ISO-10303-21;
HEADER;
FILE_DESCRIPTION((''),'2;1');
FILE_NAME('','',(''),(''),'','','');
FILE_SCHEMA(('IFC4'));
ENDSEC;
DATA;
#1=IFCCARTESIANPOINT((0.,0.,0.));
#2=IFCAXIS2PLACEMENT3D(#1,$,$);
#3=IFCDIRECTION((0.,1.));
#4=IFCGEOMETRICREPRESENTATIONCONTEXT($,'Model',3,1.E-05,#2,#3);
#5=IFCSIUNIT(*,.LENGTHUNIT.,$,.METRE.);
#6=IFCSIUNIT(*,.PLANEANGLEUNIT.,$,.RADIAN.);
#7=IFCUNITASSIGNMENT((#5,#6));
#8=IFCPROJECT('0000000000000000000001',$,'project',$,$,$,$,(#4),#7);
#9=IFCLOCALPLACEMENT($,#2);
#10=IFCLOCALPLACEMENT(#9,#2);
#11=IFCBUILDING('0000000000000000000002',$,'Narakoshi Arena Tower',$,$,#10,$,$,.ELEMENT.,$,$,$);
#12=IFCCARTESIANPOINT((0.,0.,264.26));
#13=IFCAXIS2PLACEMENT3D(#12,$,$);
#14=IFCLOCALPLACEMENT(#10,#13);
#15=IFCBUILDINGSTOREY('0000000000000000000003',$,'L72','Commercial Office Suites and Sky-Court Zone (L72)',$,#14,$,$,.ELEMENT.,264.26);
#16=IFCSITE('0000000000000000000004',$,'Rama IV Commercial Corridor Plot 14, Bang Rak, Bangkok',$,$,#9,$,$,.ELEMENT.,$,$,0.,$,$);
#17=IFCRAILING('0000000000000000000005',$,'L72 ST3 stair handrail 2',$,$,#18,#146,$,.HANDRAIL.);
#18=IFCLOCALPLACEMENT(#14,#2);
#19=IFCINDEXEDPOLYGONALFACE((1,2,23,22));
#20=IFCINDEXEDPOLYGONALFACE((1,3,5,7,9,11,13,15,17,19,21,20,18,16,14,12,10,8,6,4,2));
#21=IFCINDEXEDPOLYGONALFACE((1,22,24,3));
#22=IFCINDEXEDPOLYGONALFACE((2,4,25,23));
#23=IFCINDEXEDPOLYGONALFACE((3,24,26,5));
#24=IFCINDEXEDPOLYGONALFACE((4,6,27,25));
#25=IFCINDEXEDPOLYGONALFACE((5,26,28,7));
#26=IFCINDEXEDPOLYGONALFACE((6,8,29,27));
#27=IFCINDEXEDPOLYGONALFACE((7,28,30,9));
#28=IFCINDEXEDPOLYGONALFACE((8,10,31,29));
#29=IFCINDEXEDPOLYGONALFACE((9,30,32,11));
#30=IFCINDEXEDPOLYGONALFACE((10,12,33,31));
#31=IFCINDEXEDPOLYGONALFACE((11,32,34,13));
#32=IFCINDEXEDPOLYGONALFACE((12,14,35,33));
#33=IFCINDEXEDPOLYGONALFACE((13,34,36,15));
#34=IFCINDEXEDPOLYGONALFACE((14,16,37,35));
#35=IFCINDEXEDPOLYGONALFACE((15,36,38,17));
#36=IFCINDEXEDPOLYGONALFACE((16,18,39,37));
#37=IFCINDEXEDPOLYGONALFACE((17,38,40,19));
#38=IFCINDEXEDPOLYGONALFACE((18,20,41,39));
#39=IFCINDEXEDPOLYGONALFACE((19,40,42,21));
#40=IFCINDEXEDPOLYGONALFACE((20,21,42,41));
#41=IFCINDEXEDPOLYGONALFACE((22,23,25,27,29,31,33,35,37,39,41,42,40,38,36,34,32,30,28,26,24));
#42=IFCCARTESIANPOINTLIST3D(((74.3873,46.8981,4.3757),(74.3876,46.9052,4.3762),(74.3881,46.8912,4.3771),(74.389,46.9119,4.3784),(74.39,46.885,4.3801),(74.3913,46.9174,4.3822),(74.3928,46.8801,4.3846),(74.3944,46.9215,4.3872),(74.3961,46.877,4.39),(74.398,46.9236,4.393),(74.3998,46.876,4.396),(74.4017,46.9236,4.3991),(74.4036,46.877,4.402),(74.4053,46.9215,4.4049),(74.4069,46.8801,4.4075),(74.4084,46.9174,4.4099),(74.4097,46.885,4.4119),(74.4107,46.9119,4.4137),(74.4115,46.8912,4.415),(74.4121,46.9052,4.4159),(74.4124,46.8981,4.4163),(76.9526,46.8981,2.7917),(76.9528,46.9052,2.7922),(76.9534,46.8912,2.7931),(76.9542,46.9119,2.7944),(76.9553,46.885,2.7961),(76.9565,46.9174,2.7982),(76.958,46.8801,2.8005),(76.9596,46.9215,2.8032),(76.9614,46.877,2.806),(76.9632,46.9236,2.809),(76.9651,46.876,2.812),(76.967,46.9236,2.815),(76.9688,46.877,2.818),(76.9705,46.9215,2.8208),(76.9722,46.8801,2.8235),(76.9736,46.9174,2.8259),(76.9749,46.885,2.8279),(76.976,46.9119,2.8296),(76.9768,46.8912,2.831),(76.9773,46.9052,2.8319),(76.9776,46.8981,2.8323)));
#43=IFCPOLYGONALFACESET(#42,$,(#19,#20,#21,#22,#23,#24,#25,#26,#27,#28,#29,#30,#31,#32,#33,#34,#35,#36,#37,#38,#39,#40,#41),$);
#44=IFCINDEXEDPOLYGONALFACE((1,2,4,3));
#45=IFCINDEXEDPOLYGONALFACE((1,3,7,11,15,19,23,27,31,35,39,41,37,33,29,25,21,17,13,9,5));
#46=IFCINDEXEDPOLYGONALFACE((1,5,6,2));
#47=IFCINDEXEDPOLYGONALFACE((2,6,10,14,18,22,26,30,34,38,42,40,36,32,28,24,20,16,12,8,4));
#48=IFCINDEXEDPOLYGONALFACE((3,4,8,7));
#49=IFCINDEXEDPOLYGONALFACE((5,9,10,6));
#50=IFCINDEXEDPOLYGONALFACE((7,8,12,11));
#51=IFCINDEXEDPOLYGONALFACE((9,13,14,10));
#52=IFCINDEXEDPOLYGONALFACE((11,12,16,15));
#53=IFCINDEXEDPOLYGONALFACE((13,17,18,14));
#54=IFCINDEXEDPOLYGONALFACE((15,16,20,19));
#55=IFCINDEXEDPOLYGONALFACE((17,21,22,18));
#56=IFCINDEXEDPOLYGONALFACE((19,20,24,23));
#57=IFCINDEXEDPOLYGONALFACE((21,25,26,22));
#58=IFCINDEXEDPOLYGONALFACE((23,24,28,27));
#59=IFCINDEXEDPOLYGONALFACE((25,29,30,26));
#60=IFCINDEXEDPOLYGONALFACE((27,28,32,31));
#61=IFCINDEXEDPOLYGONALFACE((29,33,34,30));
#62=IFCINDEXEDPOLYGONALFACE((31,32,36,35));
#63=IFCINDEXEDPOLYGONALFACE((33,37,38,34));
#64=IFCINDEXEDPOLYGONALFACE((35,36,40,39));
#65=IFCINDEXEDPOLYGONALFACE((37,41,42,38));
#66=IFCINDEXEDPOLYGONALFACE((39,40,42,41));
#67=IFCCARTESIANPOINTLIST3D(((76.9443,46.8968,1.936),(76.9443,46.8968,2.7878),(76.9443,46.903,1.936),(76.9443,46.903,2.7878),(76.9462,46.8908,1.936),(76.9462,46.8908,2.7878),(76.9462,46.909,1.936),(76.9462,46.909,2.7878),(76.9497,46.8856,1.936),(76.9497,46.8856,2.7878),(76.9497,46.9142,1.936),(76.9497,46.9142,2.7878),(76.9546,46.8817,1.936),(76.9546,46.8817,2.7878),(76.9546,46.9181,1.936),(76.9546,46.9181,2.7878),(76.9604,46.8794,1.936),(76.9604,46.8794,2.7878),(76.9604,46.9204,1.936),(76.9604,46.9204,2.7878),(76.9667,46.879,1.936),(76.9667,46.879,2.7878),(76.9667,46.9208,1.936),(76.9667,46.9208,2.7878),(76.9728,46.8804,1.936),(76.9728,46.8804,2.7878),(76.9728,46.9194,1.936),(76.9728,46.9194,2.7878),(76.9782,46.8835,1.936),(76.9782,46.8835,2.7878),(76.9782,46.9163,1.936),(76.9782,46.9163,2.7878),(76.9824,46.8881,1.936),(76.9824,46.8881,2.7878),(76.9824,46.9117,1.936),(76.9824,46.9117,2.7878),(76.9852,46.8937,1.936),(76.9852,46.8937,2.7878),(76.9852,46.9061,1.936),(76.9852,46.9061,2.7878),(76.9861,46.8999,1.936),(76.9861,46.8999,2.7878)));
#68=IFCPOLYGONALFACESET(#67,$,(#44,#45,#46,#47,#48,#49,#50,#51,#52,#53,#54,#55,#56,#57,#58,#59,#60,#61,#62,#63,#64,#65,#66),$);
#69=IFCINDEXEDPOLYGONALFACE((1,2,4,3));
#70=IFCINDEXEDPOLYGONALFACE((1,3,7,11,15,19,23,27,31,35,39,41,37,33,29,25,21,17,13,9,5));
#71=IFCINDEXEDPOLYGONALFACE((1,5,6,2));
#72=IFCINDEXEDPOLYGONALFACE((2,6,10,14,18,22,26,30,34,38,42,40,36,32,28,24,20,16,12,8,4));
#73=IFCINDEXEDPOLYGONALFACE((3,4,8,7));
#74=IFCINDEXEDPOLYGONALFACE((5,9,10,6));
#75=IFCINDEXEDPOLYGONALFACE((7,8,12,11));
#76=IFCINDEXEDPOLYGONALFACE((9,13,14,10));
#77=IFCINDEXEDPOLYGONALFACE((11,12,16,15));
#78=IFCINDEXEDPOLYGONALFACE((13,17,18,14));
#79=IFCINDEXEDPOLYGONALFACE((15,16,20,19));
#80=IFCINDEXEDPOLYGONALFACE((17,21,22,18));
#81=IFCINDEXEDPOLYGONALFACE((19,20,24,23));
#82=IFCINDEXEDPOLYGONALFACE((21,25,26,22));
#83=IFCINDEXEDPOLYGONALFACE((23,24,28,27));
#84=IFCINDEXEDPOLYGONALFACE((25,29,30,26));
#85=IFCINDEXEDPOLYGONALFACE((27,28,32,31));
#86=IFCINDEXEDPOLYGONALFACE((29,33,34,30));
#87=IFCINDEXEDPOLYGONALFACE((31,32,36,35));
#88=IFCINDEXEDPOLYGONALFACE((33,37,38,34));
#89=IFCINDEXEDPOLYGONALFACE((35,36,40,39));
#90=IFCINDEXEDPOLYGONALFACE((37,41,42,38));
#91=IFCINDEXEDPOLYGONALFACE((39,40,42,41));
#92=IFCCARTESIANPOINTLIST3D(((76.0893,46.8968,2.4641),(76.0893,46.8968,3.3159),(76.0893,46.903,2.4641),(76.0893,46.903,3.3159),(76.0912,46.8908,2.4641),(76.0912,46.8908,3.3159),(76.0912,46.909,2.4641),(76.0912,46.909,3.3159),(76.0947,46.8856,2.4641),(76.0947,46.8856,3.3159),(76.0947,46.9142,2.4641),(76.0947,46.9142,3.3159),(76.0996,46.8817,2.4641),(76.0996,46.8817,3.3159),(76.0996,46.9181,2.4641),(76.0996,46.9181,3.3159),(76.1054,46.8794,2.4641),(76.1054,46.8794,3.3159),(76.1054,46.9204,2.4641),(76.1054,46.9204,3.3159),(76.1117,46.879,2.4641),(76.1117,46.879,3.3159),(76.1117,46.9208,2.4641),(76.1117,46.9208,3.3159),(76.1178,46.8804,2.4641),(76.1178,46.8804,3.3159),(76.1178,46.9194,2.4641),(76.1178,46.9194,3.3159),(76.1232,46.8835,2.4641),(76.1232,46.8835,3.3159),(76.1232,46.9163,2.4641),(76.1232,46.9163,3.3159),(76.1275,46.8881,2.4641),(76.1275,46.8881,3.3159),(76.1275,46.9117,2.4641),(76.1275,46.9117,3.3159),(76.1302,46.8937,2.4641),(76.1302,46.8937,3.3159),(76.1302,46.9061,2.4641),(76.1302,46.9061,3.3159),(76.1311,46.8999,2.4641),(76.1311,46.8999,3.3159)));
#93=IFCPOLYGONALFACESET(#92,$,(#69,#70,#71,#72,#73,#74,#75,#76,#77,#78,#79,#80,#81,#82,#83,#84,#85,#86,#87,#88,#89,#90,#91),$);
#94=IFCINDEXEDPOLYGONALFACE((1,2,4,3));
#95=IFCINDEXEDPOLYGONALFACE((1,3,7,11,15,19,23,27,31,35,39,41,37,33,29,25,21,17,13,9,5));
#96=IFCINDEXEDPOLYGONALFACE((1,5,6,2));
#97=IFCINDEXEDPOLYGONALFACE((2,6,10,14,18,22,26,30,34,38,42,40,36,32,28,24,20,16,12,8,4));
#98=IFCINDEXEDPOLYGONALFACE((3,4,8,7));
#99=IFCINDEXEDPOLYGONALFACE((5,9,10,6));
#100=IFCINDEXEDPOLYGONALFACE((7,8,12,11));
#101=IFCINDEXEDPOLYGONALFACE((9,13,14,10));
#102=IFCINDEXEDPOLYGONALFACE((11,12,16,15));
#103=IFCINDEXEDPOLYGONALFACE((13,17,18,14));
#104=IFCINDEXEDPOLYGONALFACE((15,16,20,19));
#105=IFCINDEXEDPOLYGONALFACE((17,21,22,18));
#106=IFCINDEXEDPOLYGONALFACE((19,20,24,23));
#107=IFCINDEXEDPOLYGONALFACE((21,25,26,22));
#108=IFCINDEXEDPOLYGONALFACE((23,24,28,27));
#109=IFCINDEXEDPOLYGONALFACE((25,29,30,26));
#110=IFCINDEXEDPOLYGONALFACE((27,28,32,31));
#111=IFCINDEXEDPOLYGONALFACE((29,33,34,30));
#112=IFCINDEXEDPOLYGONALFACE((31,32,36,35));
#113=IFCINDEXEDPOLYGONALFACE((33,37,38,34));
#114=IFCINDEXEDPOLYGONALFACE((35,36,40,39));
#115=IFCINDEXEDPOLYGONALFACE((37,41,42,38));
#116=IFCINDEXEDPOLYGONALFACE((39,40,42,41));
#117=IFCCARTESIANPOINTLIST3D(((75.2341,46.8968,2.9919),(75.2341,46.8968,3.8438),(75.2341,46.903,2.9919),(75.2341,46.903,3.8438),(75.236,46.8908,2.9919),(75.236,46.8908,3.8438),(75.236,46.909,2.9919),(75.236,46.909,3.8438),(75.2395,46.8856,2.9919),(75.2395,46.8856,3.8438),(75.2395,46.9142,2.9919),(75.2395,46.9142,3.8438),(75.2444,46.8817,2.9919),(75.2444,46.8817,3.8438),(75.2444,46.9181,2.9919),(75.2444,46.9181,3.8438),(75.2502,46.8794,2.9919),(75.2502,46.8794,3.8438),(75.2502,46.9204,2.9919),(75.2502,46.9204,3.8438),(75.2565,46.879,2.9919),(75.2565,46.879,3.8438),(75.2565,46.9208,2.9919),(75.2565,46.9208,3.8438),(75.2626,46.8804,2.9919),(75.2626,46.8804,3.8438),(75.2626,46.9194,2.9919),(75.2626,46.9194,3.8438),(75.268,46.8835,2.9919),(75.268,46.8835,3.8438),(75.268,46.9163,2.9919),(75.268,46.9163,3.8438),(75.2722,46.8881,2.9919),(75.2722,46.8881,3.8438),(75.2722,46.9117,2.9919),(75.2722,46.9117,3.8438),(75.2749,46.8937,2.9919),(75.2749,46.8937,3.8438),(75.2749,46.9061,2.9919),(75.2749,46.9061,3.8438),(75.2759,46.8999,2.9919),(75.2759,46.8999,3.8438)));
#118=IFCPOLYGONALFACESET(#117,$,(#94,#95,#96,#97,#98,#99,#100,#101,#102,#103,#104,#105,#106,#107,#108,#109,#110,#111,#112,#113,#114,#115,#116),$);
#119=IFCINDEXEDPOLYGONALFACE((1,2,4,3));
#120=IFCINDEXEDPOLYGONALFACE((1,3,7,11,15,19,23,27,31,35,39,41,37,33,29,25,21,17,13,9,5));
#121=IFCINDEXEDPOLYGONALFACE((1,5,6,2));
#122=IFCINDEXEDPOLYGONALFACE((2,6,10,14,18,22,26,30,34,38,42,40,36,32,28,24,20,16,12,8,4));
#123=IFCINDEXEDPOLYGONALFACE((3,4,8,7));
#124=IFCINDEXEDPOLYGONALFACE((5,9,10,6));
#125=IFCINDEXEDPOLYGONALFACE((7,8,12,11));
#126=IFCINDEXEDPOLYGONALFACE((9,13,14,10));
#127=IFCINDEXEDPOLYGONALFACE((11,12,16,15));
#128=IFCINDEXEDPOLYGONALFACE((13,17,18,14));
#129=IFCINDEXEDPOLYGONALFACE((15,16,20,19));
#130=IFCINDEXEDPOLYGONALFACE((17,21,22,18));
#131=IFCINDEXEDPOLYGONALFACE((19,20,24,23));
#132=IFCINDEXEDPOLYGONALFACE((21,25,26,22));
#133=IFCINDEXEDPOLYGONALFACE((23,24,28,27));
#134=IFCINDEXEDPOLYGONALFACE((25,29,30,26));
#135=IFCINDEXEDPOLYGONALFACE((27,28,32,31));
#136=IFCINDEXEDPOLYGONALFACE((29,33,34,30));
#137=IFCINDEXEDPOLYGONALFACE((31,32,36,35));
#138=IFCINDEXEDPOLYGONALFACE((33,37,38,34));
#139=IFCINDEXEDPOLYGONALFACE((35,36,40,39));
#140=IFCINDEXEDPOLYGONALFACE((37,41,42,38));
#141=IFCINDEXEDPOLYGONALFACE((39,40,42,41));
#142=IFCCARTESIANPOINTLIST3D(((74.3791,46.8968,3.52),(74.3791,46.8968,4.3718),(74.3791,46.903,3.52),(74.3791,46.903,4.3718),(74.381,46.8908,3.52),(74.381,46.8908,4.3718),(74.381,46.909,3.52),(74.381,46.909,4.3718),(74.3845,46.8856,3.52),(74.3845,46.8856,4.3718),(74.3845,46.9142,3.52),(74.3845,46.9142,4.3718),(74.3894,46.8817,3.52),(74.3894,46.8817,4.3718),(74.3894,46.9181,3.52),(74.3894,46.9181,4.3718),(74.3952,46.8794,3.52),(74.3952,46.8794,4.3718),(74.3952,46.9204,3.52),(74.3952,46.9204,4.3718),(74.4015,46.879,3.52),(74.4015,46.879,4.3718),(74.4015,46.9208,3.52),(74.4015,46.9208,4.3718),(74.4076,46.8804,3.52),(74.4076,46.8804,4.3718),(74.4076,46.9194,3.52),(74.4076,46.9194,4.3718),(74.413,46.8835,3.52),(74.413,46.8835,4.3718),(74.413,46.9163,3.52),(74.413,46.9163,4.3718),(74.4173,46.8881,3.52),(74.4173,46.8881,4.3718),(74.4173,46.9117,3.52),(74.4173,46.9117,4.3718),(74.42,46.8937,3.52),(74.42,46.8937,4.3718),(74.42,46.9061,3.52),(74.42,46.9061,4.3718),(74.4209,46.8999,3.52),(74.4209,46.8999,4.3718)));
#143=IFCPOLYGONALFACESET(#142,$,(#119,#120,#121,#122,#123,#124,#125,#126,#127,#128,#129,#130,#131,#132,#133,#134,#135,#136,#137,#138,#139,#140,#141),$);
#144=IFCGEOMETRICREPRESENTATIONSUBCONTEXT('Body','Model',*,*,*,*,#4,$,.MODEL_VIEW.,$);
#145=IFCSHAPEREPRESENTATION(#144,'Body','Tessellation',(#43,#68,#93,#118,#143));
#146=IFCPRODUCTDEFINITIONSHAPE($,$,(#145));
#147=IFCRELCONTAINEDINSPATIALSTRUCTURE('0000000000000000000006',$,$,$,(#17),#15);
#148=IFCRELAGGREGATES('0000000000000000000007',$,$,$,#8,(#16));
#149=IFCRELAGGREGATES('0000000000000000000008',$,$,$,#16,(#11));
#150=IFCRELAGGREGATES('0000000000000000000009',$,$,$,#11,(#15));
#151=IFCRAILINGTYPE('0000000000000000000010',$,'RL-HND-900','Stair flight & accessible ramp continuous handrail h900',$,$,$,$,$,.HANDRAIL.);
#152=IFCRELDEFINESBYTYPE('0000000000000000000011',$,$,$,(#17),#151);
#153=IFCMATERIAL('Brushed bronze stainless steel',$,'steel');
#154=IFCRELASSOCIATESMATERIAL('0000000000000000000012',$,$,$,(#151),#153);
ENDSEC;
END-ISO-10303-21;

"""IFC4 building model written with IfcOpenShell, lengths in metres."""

from ifc_helpers import new_model, si_unit, direction, frame, origin, origin_2d, place, context, subcontext, project, spatial, circle, extrude, material, type_object, element, save


model = new_model("IFC4")

# Units and contexts
model_context = context("Model", 3, precision=1e-05, world=origin(), true_north=direction((0.0, 1.0)))
body_context = subcontext(model_context, "Body", "Model", "MODEL_VIEW")
ifc_project = project(units=[si_unit("LENGTHUNIT", "METRE"), si_unit("PLANEANGLEUNIT", "RADIAN")], contexts=[model_context])

# Site, building, storey
site_placement = place(None, origin())
site = spatial("IfcSite", under=ifc_project, at=site_placement, Name="Rama IV Commercial Corridor Plot 14, Bang Rak, Bangkok", CompositionType="ELEMENT", RefElevation=0.0)
building_placement = place(site_placement, origin())
building = spatial("IfcBuilding", under=site, at=building_placement, Name="Narakoshi Arena Tower", CompositionType="ELEMENT")
storey_placement = place(building_placement, frame((0.0, 0.0, 264.26)))
storey = spatial("IfcBuildingStorey", under=building, at=storey_placement, Name="L72", Description="Commercial Office Suites and Sky-Court Zone (L72)", CompositionType="ELEMENT", Elevation=264.26)

# Shared definitions
ifc_material_1 = material(Name="Brushed bronze stainless steel", Category="steel")

# Railing
railing_type_1 = type_object("IfcRailingType", Name="RL-HND-900", Description="Stair flight & accessible ramp continuous handrail h900", PredefinedType="HANDRAIL", material=ifc_material_1)
railing_1_placement = place(storey_placement, frame((76.9651, 46.8999, 1.936)))
element("IfcRailing", 1, at=railing_1_placement, inside=storey, type_object=railing_type_1, Name="L72 ST3 stair handrail 2", PredefinedType="HANDRAIL", context=body_context, shape_type="SweptSolid", body=[
    extrude(circle(Radius=0.0239, at=origin_2d()), frame((0.0, 0.0, 0.876), z_axis=(-0.850857, 0.0, 0.525398), x_axis=(0.0, -1.0, 0.0)), (0.0, 0.0, 1.0), 3.0149),
    extrude(circle(Radius=0.021, at=origin_2d()), origin(), (0.0, 0.0, 1.0), 0.8518),
    extrude(circle(Radius=0.021, at=origin_2d()), frame((-0.855, 0.0, 0.5281)), (0.0, 0.0, 1.0), 0.8518),
    extrude(circle(Radius=0.021, at=origin_2d()), frame((-1.7102, 0.0, 1.0559)), (0.0, 0.0, 1.0), 0.8518),
    extrude(circle(Radius=0.021, at=origin_2d()), frame((-2.5652, 0.0, 1.584)), (0.0, 0.0, 1.0), 0.8518),
])

save(model, "model.ifc")
